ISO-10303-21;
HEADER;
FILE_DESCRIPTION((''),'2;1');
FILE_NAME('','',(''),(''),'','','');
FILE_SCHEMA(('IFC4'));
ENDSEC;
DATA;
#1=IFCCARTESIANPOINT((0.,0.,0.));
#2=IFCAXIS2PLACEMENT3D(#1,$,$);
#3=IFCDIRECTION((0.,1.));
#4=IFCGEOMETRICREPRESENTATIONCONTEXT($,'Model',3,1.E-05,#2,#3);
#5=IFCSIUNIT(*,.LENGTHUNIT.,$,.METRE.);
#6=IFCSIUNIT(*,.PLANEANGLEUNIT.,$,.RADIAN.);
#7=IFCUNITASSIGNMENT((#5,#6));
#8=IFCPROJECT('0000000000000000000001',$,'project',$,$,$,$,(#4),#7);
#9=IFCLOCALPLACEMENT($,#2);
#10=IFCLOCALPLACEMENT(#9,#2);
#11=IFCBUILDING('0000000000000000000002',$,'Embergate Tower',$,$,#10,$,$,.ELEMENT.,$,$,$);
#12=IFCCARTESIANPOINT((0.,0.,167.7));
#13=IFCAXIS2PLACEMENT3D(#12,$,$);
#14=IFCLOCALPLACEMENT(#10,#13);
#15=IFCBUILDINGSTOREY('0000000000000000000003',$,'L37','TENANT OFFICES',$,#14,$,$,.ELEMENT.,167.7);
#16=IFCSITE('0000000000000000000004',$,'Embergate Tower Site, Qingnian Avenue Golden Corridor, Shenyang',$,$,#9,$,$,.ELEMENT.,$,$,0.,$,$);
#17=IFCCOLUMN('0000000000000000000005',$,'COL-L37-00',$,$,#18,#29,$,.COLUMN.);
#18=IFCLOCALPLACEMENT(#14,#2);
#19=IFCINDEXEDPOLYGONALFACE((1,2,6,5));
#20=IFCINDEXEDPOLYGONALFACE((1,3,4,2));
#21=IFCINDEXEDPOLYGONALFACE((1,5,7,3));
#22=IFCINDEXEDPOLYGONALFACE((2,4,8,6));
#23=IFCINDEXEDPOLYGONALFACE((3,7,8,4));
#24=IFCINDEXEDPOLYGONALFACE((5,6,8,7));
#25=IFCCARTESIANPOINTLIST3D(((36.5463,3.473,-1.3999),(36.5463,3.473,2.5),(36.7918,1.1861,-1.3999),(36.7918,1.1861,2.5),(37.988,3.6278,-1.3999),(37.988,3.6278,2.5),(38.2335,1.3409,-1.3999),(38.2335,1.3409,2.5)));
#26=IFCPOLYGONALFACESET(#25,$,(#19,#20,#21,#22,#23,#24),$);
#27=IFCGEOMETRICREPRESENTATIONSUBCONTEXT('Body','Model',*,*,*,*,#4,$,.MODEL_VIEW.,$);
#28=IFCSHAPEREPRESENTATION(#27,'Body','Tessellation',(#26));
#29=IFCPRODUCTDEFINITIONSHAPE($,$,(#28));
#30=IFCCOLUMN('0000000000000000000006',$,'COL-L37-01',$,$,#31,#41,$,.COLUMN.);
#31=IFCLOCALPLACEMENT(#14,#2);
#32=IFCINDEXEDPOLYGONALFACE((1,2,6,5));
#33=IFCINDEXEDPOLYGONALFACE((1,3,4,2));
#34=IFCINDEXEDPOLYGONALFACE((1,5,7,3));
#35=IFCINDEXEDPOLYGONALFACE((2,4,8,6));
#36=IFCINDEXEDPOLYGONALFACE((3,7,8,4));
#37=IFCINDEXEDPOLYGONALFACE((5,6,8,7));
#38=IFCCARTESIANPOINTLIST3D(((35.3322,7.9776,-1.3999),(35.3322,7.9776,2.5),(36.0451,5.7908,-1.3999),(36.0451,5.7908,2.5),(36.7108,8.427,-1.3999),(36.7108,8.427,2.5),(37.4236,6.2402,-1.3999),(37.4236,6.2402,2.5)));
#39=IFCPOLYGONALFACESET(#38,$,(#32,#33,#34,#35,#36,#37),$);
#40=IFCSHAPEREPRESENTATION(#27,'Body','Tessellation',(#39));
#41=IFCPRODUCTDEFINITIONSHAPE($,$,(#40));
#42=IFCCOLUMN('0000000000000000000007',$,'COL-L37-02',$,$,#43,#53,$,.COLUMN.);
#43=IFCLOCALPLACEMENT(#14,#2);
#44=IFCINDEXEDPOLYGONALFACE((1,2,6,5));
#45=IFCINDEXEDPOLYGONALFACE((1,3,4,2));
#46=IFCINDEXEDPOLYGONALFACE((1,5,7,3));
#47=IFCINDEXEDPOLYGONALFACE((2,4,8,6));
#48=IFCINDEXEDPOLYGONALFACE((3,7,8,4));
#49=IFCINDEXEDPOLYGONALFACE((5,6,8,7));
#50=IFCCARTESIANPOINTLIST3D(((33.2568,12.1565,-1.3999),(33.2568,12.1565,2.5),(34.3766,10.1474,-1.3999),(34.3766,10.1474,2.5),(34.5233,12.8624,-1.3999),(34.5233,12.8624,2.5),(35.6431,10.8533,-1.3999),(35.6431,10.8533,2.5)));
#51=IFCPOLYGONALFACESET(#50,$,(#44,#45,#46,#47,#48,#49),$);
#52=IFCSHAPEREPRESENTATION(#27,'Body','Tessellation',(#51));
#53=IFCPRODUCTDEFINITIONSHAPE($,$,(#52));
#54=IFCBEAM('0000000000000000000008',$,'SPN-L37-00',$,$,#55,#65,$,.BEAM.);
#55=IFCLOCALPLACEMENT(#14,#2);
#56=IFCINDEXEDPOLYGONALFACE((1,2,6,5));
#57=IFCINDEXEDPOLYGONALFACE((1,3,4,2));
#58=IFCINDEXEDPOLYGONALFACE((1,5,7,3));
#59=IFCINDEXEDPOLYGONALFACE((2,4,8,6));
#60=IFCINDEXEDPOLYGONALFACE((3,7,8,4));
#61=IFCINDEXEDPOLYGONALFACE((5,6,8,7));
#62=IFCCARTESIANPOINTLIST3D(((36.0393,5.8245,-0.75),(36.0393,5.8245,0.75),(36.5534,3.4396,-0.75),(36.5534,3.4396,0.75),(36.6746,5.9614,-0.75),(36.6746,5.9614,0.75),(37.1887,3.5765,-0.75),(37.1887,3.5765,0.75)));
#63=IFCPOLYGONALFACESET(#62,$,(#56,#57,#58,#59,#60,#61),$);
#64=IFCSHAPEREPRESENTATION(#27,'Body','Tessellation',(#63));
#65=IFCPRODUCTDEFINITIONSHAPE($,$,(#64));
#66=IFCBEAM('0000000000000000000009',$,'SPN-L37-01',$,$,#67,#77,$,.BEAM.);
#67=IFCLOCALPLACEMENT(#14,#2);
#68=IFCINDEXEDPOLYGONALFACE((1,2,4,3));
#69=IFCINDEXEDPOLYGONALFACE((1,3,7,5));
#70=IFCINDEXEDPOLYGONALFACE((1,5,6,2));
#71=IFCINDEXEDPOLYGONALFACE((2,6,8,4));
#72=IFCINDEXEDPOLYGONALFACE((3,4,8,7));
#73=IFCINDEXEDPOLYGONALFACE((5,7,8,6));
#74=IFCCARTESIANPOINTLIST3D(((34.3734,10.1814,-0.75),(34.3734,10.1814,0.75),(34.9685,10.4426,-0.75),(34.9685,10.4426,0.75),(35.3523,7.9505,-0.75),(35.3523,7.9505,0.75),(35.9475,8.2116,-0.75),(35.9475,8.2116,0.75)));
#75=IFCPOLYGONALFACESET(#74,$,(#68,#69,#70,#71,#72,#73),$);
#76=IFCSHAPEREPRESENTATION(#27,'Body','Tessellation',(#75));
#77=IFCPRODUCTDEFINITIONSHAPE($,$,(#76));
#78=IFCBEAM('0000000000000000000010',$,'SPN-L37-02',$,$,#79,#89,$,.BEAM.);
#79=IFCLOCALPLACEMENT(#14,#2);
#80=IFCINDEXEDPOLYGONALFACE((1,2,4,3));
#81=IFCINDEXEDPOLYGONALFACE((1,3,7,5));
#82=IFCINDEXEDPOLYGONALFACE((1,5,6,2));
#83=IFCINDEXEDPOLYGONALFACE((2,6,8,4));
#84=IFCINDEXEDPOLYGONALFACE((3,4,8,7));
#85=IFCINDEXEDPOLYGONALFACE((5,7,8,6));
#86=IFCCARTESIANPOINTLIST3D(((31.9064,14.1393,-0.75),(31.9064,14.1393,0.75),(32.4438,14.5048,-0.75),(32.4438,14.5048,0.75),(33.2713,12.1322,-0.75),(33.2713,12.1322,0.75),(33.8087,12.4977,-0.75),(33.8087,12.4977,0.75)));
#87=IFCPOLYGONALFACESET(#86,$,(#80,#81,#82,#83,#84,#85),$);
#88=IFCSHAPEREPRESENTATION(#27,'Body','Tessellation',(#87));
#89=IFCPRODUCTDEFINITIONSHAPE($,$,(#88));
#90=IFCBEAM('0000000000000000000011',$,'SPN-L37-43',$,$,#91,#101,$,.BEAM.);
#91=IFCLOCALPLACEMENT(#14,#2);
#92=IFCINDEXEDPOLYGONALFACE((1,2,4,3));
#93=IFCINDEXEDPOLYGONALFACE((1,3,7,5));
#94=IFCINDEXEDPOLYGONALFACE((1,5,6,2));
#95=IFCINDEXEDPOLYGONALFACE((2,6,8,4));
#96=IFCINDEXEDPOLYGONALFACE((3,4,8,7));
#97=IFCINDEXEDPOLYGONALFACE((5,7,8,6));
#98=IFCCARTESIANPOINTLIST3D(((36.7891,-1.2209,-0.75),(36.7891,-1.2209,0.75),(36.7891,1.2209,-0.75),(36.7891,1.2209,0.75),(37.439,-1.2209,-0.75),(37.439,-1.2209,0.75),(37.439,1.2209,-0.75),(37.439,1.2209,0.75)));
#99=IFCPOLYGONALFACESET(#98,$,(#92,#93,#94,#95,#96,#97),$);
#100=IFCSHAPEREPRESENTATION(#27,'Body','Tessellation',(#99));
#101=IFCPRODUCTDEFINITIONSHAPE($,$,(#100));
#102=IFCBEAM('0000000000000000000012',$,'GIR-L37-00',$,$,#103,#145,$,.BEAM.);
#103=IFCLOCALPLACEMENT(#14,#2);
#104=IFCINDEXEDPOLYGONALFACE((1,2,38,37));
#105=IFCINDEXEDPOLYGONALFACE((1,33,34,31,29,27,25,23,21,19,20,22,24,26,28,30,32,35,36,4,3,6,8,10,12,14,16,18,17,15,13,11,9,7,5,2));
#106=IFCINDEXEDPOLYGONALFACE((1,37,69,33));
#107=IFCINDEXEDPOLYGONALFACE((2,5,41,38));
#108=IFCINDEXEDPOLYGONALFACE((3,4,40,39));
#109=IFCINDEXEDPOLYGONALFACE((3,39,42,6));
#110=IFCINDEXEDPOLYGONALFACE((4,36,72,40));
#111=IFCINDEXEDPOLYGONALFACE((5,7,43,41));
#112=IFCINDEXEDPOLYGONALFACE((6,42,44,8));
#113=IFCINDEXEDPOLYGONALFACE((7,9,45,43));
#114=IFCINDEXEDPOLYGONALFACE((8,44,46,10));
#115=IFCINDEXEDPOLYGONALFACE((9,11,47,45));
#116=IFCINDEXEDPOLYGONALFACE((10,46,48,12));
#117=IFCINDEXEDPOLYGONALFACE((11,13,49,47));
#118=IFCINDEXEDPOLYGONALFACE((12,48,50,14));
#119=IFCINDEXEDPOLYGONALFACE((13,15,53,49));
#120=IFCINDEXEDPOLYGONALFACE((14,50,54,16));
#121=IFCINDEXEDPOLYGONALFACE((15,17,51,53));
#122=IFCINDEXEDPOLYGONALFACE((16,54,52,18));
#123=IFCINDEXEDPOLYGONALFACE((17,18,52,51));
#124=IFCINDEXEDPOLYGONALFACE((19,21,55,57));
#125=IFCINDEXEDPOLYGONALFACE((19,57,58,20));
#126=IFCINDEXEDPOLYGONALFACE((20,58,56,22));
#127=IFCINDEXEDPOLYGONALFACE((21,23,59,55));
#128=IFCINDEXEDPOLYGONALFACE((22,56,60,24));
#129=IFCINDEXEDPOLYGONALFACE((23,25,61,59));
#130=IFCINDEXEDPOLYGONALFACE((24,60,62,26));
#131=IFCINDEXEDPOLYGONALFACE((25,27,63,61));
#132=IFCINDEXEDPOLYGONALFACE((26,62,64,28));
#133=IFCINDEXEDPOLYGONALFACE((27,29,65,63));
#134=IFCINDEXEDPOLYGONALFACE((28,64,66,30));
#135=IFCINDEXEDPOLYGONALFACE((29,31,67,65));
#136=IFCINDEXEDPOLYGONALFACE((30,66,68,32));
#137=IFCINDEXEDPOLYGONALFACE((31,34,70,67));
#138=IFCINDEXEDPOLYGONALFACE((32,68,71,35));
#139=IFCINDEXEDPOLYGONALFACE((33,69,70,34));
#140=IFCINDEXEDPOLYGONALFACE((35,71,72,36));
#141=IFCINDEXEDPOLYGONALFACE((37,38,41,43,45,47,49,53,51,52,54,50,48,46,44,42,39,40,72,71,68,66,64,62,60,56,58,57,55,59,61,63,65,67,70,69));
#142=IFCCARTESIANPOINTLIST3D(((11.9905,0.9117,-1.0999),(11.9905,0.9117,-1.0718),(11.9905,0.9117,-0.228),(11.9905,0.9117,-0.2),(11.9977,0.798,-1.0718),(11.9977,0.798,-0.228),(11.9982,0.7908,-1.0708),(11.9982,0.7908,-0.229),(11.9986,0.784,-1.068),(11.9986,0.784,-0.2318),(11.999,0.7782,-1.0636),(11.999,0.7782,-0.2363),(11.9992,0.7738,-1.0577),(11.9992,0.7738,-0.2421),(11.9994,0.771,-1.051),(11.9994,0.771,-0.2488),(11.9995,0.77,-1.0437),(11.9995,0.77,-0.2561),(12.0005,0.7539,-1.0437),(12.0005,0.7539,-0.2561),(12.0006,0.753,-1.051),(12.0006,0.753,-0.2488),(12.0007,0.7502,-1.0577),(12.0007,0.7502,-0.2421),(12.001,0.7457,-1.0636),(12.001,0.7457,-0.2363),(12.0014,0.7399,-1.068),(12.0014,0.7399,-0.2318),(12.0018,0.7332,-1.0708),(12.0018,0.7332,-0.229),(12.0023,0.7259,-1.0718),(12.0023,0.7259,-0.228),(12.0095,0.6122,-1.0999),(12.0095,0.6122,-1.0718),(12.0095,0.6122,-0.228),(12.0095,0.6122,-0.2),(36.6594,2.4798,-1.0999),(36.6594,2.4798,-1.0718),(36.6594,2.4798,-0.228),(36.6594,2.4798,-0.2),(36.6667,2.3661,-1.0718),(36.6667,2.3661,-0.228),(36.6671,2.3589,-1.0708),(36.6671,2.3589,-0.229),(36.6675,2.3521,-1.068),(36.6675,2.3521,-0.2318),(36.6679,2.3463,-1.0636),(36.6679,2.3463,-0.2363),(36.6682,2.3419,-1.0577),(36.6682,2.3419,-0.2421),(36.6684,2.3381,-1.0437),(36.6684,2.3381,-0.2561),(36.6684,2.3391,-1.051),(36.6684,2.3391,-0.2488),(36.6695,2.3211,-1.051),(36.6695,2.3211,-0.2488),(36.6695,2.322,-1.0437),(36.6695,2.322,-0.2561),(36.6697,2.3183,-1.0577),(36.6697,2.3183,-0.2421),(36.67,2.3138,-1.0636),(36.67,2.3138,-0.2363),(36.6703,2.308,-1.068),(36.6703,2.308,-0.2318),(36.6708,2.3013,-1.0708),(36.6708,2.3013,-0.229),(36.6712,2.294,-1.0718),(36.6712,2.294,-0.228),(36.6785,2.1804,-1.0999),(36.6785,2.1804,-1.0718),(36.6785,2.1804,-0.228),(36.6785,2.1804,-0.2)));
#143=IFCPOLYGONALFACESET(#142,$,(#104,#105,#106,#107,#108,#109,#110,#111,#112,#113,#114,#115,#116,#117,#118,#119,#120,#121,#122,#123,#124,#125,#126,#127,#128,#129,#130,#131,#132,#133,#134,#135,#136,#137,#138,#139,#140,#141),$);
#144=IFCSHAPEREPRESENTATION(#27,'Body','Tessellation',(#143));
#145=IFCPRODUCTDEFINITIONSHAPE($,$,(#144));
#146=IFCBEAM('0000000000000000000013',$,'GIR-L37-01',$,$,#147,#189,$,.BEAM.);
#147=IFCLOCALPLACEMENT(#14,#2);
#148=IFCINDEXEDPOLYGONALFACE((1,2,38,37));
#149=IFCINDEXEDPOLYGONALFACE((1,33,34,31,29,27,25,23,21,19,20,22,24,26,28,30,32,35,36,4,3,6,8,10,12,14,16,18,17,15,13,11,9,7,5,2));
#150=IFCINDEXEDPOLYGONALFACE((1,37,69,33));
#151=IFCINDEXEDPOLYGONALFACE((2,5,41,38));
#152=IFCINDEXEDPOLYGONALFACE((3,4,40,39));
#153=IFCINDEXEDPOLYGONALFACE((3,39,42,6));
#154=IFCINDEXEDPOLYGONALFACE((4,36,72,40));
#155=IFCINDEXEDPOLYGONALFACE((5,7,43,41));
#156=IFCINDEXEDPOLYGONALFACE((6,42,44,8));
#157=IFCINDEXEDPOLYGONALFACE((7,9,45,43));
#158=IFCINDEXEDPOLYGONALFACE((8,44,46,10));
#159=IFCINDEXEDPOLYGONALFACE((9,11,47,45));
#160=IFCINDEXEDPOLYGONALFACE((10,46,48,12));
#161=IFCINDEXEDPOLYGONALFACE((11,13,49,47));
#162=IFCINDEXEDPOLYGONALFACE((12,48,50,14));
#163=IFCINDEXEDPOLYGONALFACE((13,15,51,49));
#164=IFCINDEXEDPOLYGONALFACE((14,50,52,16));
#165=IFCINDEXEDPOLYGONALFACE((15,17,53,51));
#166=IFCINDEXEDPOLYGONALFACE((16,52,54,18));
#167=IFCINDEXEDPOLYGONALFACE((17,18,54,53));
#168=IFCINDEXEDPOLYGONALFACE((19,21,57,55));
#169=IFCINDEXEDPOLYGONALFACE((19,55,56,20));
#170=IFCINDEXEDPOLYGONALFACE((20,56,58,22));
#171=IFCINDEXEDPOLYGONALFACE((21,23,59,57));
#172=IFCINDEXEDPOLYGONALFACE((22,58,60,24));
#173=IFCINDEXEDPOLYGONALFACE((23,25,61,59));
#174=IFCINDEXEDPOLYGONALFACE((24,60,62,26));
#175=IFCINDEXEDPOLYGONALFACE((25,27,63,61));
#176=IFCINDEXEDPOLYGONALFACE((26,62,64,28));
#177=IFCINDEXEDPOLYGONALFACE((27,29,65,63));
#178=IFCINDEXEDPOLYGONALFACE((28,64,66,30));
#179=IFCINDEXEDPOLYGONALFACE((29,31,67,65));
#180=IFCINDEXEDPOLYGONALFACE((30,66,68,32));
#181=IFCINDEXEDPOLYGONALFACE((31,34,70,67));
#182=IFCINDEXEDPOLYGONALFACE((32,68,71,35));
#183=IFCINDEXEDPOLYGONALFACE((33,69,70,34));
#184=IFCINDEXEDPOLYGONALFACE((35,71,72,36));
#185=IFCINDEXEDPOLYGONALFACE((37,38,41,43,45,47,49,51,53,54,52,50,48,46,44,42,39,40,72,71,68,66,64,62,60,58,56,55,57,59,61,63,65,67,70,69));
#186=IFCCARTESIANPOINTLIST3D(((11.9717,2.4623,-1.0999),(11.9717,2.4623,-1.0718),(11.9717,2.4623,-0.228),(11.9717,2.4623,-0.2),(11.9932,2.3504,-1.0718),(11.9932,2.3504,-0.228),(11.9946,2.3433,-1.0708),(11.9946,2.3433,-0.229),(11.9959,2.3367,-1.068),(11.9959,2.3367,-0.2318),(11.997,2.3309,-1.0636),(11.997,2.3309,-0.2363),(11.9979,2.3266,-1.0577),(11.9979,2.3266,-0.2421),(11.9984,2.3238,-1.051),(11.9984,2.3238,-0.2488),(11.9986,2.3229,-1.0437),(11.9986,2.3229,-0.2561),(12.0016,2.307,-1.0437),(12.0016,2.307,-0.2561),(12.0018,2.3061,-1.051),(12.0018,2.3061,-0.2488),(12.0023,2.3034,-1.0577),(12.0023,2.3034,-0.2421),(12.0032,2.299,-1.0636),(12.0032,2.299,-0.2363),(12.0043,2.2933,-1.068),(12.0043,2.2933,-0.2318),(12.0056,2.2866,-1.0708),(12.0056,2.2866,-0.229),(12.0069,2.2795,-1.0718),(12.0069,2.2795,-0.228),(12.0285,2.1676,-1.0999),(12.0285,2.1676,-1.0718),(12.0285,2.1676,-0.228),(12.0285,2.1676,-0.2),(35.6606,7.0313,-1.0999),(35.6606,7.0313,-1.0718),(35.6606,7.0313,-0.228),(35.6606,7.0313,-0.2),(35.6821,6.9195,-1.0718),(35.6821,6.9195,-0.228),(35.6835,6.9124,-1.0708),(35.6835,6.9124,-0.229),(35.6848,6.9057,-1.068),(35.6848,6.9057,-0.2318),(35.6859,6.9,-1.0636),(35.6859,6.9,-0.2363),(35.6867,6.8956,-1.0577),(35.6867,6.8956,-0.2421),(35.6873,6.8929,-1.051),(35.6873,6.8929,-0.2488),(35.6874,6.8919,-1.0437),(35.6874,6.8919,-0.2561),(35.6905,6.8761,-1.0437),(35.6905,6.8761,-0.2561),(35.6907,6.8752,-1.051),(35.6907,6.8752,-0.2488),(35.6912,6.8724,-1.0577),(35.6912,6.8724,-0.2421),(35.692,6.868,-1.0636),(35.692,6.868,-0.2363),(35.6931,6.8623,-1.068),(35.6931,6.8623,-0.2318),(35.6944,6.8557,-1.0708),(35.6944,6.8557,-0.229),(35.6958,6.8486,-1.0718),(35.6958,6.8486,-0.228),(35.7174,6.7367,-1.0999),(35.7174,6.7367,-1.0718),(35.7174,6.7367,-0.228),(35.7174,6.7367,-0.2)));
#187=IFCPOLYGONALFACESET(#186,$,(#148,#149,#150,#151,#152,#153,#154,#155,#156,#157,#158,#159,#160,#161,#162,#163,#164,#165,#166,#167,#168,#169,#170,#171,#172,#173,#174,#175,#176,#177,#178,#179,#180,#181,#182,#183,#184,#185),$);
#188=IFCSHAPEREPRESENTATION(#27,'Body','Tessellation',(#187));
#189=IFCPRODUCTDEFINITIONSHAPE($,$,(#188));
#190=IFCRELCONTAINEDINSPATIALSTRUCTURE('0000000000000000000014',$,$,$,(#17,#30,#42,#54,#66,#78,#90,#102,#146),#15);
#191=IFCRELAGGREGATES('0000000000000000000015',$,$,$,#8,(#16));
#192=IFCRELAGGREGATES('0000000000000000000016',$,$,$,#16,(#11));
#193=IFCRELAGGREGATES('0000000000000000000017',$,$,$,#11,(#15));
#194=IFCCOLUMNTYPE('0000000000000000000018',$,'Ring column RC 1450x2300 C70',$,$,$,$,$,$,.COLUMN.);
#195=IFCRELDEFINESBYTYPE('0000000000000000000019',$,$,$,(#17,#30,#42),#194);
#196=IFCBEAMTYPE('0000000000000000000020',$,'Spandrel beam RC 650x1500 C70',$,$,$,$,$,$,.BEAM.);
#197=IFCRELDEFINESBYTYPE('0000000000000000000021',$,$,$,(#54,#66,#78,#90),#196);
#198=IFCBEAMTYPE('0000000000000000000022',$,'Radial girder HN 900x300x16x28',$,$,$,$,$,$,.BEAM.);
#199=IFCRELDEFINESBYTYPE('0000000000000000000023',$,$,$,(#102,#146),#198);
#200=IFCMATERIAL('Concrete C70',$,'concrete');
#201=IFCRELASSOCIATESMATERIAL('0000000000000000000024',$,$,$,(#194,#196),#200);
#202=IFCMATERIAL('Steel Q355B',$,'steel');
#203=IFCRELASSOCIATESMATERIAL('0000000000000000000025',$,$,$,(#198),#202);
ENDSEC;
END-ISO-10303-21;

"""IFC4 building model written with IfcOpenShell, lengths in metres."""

from ifc_helpers import new_model, si_unit, direction, frame, origin, origin_2d, place, context, subcontext, project, spatial, rectangle, i_section, extrude, source, transform, mapped, material, material_profile, profile_set, type_object, element, save


model = new_model("IFC4")

# Units and contexts
model_context = context("Model", 3, precision=1e-05, world=origin(), true_north=direction((0.0, 1.0)))
body_context = subcontext(model_context, "Body", "Model", "MODEL_VIEW")
ifc_project = project(units=[si_unit("LENGTHUNIT", "METRE"), si_unit("PLANEANGLEUNIT", "RADIAN")], contexts=[model_context])

# Site, building, storey
site_placement = place(None, origin())
site = spatial("IfcSite", under=ifc_project, at=site_placement, Name="Embergate Tower Site, Qingnian Avenue Golden Corridor, Shenyang", CompositionType="ELEMENT", RefElevation=0.0)
building_placement = place(site_placement, origin())
building = spatial("IfcBuilding", under=site, at=building_placement, Name="Embergate Tower", CompositionType="ELEMENT")
storey_placement = place(building_placement, frame((0.0, 0.0, 167.7)))
storey = spatial("IfcBuildingStorey", under=building, at=storey_placement, Name="L37", Description="TENANT OFFICES", CompositionType="ELEMENT", Elevation=167.7)

# Columns
ifc_material_1 = material(Name="Concrete C70", Category="concrete")
ifc_material_profile_1 = material_profile(ifc_material_1, rectangle(XDim=1.45, YDim=2.3, at=origin_2d()), Name="RC 1450x2300")
ifc_profile_set_1 = profile_set([ifc_material_profile_1], Name="Concrete C70")
column_type = type_object("IfcColumnType", Name="Ring column RC 1450x2300 C70", PredefinedType="COLUMN", material=ifc_profile_set_1)
shared_shape_1 = source(origin(), body_context, "Body", "SweptSolid", [
    extrude(rectangle(XDim=1.45, YDim=2.3, at=origin_2d()), origin(), (0.0, 0.0, 1.0), 3.8999),
])
for number, where, z_axis, x_axis, name in (
    (1, (37.3899, 2.407, -1.3999), (0.0, 0.0, 1.0), (0.994286, 0.10675, 0.0), "COL-L37-00"),
    (2, (36.3779, 7.1089, -1.3999), (0.0, 0.0, 1.0), (0.950754, 0.309946, 0.0), "COL-L37-01"),
    (3, (34.45, 11.5049, -1.3999), (0.0, 0.0, 1.0), (0.873492, 0.486839, 0.0), "COL-L37-02"),
):
    element("IfcColumn", number, at=place(storey_placement, frame(where, z_axis=z_axis, x_axis=x_axis)), inside=storey, type_object=column_type, Name=name, PredefinedType="COLUMN", context=body_context, shape_type="MappedRepresentation", body=[
        mapped(shared_shape_1, transform((0.0, 0.0, 0.0))),
    ])

# Beams
ifc_material_profile_2 = material_profile(ifc_material_1, rectangle(XDim=0.6499, YDim=1.5, at=origin_2d()), Name="RC 650x1500")
ifc_profile_set_2 = profile_set([ifc_material_profile_2], Name="Concrete C70")
beam_type_1 = type_object("IfcBeamType", Name="Spandrel beam RC 650x1500 C70", PredefinedType="BEAM", material=ifc_profile_set_2)
shared_shape_2 = source(origin(), body_context, "Body", "SweptSolid", [
    extrude(rectangle(XDim=0.6499, YDim=1.5, at=origin_2d()), origin(), (0.0, 0.0, 1.0), 2.4397),
])
beam_1_placement = place(storey_placement, frame((36.8711, 3.5081, 0.0), z_axis=(-0.210739, 0.977542, 0.0), x_axis=(-0.977542, -0.210739, 0.0)))
element("IfcBeam", 4, at=beam_1_placement, inside=storey, type_object=beam_type_1, Name="SPN-L37-00", PredefinedType="BEAM", context=body_context, shape_type="MappedRepresentation", body=[
    mapped(shared_shape_2, transform((0.0, 0.0, 0.0))),
])
shared_shape_3 = source(origin(), body_context, "Body", "SweptSolid", [
    extrude(rectangle(XDim=0.6499, YDim=1.5, at=origin_2d()), origin(), (0.0, 0.0, 1.0), 2.4363),
])
beam_2_placement = place(storey_placement, frame((35.6499, 8.0811, 0.0), z_axis=(-0.401838, 0.915711, 0.0), x_axis=(-0.915711, -0.401838, 0.0)))
element("IfcBeam", 5, at=beam_2_placement, inside=storey, type_object=beam_type_1, Name="SPN-L37-01", PredefinedType="BEAM", context=body_context, shape_type="MappedRepresentation", body=[
    mapped(shared_shape_3, transform((0.0, 0.0, 0.0))),
])
shared_shape_4 = source(origin(), body_context, "Body", "SweptSolid", [
    extrude(rectangle(XDim=0.6499, YDim=1.5, at=origin_2d()), origin(), (0.0, 0.0, 1.0), 2.4272),
])
beam_3_placement = place(storey_placement, frame((33.54, 12.3149, 0.0), z_axis=(-0.56236, 0.826893, 0.0), x_axis=(-0.826893, -0.56236, 0.0)))
element("IfcBeam", 6, at=beam_3_placement, inside=storey, type_object=beam_type_1, Name="SPN-L37-02", PredefinedType="BEAM", context=body_context, shape_type="MappedRepresentation", body=[
    mapped(shared_shape_4, transform((0.0, 0.0, 0.0))),
])
shared_shape_5 = source(origin(), body_context, "Body", "SweptSolid", [
    extrude(rectangle(XDim=0.6499, YDim=1.5, at=origin_2d()), origin(), (0.0, 0.0, 1.0), 2.4419),
])
beam_4_placement = place(storey_placement, frame((37.114, -1.2209, 0.0), z_axis=(0.0, 1.0, 0.0), x_axis=(-1.0, 0.0, 0.0)))
element("IfcBeam", 7, at=beam_4_placement, inside=storey, type_object=beam_type_1, Name="SPN-L37-43", PredefinedType="BEAM", context=body_context, shape_type="MappedRepresentation", body=[
    mapped(shared_shape_5, transform((0.0, 0.0, 0.0))),
])
ifc_material_2 = material(Name="Steel Q355B", Category="steel")
ifc_material_profile_3 = material_profile(ifc_material_2, i_section(OverallWidth=0.3, OverallDepth=0.8999, WebThickness=0.0161, FlangeThickness=0.0281, FilletRadius=0.0281, at=origin_2d()), Name="HN 900x300x16x28")
ifc_profile_set_3 = profile_set([ifc_material_profile_3], Name="Steel Q355 grade B")
beam_type_2 = type_object("IfcBeamType", Name="Radial girder HN 900x300x16x28", PredefinedType="BEAM", material=ifc_profile_set_3)
shared_shape_6 = source(origin(), body_context, "Body", "SweptSolid", [
    extrude(i_section(OverallWidth=0.3, OverallDepth=0.8999, WebThickness=0.0161, FlangeThickness=0.0281, FilletRadius=0.0281, at=origin_2d()), origin(), (0.0, 0.0, 1.0), 24.7188),
])
beam_5_placement = place(storey_placement, frame((36.6689, 2.3301, -0.6499), z_axis=(-0.997986, -0.063438, 0.0), x_axis=(0.063438, -0.997986, 0.0)))
element("IfcBeam", 8, at=beam_5_placement, inside=storey, type_object=beam_type_2, Name="GIR-L37-00", PredefinedType="BEAM", context=body_context, shape_type="MappedRepresentation", body=[
    mapped(shared_shape_6, transform((0.0, 0.0, 0.0))),
])
shared_shape_7 = source(origin(), body_context, "Body", "SweptSolid", [
    extrude(i_section(OverallWidth=0.3, OverallDepth=0.8999, WebThickness=0.0161, FlangeThickness=0.0281, FilletRadius=0.0281, at=origin_2d()), origin(), (0.0, 0.0, 1.0), 24.1255),
])
beam_6_placement = place(storey_placement, frame((35.689, 6.884, -0.6499), z_axis=(-0.981902, -0.189388, 0.0), x_axis=(0.189388, -0.981902, 0.0)))
element("IfcBeam", 9, at=beam_6_placement, inside=storey, type_object=beam_type_2, Name="GIR-L37-01", PredefinedType="BEAM", context=body_context, shape_type="MappedRepresentation", body=[
    mapped(shared_shape_7, transform((0.0, 0.0, 0.0))),
])

save(model, "model.ifc")
